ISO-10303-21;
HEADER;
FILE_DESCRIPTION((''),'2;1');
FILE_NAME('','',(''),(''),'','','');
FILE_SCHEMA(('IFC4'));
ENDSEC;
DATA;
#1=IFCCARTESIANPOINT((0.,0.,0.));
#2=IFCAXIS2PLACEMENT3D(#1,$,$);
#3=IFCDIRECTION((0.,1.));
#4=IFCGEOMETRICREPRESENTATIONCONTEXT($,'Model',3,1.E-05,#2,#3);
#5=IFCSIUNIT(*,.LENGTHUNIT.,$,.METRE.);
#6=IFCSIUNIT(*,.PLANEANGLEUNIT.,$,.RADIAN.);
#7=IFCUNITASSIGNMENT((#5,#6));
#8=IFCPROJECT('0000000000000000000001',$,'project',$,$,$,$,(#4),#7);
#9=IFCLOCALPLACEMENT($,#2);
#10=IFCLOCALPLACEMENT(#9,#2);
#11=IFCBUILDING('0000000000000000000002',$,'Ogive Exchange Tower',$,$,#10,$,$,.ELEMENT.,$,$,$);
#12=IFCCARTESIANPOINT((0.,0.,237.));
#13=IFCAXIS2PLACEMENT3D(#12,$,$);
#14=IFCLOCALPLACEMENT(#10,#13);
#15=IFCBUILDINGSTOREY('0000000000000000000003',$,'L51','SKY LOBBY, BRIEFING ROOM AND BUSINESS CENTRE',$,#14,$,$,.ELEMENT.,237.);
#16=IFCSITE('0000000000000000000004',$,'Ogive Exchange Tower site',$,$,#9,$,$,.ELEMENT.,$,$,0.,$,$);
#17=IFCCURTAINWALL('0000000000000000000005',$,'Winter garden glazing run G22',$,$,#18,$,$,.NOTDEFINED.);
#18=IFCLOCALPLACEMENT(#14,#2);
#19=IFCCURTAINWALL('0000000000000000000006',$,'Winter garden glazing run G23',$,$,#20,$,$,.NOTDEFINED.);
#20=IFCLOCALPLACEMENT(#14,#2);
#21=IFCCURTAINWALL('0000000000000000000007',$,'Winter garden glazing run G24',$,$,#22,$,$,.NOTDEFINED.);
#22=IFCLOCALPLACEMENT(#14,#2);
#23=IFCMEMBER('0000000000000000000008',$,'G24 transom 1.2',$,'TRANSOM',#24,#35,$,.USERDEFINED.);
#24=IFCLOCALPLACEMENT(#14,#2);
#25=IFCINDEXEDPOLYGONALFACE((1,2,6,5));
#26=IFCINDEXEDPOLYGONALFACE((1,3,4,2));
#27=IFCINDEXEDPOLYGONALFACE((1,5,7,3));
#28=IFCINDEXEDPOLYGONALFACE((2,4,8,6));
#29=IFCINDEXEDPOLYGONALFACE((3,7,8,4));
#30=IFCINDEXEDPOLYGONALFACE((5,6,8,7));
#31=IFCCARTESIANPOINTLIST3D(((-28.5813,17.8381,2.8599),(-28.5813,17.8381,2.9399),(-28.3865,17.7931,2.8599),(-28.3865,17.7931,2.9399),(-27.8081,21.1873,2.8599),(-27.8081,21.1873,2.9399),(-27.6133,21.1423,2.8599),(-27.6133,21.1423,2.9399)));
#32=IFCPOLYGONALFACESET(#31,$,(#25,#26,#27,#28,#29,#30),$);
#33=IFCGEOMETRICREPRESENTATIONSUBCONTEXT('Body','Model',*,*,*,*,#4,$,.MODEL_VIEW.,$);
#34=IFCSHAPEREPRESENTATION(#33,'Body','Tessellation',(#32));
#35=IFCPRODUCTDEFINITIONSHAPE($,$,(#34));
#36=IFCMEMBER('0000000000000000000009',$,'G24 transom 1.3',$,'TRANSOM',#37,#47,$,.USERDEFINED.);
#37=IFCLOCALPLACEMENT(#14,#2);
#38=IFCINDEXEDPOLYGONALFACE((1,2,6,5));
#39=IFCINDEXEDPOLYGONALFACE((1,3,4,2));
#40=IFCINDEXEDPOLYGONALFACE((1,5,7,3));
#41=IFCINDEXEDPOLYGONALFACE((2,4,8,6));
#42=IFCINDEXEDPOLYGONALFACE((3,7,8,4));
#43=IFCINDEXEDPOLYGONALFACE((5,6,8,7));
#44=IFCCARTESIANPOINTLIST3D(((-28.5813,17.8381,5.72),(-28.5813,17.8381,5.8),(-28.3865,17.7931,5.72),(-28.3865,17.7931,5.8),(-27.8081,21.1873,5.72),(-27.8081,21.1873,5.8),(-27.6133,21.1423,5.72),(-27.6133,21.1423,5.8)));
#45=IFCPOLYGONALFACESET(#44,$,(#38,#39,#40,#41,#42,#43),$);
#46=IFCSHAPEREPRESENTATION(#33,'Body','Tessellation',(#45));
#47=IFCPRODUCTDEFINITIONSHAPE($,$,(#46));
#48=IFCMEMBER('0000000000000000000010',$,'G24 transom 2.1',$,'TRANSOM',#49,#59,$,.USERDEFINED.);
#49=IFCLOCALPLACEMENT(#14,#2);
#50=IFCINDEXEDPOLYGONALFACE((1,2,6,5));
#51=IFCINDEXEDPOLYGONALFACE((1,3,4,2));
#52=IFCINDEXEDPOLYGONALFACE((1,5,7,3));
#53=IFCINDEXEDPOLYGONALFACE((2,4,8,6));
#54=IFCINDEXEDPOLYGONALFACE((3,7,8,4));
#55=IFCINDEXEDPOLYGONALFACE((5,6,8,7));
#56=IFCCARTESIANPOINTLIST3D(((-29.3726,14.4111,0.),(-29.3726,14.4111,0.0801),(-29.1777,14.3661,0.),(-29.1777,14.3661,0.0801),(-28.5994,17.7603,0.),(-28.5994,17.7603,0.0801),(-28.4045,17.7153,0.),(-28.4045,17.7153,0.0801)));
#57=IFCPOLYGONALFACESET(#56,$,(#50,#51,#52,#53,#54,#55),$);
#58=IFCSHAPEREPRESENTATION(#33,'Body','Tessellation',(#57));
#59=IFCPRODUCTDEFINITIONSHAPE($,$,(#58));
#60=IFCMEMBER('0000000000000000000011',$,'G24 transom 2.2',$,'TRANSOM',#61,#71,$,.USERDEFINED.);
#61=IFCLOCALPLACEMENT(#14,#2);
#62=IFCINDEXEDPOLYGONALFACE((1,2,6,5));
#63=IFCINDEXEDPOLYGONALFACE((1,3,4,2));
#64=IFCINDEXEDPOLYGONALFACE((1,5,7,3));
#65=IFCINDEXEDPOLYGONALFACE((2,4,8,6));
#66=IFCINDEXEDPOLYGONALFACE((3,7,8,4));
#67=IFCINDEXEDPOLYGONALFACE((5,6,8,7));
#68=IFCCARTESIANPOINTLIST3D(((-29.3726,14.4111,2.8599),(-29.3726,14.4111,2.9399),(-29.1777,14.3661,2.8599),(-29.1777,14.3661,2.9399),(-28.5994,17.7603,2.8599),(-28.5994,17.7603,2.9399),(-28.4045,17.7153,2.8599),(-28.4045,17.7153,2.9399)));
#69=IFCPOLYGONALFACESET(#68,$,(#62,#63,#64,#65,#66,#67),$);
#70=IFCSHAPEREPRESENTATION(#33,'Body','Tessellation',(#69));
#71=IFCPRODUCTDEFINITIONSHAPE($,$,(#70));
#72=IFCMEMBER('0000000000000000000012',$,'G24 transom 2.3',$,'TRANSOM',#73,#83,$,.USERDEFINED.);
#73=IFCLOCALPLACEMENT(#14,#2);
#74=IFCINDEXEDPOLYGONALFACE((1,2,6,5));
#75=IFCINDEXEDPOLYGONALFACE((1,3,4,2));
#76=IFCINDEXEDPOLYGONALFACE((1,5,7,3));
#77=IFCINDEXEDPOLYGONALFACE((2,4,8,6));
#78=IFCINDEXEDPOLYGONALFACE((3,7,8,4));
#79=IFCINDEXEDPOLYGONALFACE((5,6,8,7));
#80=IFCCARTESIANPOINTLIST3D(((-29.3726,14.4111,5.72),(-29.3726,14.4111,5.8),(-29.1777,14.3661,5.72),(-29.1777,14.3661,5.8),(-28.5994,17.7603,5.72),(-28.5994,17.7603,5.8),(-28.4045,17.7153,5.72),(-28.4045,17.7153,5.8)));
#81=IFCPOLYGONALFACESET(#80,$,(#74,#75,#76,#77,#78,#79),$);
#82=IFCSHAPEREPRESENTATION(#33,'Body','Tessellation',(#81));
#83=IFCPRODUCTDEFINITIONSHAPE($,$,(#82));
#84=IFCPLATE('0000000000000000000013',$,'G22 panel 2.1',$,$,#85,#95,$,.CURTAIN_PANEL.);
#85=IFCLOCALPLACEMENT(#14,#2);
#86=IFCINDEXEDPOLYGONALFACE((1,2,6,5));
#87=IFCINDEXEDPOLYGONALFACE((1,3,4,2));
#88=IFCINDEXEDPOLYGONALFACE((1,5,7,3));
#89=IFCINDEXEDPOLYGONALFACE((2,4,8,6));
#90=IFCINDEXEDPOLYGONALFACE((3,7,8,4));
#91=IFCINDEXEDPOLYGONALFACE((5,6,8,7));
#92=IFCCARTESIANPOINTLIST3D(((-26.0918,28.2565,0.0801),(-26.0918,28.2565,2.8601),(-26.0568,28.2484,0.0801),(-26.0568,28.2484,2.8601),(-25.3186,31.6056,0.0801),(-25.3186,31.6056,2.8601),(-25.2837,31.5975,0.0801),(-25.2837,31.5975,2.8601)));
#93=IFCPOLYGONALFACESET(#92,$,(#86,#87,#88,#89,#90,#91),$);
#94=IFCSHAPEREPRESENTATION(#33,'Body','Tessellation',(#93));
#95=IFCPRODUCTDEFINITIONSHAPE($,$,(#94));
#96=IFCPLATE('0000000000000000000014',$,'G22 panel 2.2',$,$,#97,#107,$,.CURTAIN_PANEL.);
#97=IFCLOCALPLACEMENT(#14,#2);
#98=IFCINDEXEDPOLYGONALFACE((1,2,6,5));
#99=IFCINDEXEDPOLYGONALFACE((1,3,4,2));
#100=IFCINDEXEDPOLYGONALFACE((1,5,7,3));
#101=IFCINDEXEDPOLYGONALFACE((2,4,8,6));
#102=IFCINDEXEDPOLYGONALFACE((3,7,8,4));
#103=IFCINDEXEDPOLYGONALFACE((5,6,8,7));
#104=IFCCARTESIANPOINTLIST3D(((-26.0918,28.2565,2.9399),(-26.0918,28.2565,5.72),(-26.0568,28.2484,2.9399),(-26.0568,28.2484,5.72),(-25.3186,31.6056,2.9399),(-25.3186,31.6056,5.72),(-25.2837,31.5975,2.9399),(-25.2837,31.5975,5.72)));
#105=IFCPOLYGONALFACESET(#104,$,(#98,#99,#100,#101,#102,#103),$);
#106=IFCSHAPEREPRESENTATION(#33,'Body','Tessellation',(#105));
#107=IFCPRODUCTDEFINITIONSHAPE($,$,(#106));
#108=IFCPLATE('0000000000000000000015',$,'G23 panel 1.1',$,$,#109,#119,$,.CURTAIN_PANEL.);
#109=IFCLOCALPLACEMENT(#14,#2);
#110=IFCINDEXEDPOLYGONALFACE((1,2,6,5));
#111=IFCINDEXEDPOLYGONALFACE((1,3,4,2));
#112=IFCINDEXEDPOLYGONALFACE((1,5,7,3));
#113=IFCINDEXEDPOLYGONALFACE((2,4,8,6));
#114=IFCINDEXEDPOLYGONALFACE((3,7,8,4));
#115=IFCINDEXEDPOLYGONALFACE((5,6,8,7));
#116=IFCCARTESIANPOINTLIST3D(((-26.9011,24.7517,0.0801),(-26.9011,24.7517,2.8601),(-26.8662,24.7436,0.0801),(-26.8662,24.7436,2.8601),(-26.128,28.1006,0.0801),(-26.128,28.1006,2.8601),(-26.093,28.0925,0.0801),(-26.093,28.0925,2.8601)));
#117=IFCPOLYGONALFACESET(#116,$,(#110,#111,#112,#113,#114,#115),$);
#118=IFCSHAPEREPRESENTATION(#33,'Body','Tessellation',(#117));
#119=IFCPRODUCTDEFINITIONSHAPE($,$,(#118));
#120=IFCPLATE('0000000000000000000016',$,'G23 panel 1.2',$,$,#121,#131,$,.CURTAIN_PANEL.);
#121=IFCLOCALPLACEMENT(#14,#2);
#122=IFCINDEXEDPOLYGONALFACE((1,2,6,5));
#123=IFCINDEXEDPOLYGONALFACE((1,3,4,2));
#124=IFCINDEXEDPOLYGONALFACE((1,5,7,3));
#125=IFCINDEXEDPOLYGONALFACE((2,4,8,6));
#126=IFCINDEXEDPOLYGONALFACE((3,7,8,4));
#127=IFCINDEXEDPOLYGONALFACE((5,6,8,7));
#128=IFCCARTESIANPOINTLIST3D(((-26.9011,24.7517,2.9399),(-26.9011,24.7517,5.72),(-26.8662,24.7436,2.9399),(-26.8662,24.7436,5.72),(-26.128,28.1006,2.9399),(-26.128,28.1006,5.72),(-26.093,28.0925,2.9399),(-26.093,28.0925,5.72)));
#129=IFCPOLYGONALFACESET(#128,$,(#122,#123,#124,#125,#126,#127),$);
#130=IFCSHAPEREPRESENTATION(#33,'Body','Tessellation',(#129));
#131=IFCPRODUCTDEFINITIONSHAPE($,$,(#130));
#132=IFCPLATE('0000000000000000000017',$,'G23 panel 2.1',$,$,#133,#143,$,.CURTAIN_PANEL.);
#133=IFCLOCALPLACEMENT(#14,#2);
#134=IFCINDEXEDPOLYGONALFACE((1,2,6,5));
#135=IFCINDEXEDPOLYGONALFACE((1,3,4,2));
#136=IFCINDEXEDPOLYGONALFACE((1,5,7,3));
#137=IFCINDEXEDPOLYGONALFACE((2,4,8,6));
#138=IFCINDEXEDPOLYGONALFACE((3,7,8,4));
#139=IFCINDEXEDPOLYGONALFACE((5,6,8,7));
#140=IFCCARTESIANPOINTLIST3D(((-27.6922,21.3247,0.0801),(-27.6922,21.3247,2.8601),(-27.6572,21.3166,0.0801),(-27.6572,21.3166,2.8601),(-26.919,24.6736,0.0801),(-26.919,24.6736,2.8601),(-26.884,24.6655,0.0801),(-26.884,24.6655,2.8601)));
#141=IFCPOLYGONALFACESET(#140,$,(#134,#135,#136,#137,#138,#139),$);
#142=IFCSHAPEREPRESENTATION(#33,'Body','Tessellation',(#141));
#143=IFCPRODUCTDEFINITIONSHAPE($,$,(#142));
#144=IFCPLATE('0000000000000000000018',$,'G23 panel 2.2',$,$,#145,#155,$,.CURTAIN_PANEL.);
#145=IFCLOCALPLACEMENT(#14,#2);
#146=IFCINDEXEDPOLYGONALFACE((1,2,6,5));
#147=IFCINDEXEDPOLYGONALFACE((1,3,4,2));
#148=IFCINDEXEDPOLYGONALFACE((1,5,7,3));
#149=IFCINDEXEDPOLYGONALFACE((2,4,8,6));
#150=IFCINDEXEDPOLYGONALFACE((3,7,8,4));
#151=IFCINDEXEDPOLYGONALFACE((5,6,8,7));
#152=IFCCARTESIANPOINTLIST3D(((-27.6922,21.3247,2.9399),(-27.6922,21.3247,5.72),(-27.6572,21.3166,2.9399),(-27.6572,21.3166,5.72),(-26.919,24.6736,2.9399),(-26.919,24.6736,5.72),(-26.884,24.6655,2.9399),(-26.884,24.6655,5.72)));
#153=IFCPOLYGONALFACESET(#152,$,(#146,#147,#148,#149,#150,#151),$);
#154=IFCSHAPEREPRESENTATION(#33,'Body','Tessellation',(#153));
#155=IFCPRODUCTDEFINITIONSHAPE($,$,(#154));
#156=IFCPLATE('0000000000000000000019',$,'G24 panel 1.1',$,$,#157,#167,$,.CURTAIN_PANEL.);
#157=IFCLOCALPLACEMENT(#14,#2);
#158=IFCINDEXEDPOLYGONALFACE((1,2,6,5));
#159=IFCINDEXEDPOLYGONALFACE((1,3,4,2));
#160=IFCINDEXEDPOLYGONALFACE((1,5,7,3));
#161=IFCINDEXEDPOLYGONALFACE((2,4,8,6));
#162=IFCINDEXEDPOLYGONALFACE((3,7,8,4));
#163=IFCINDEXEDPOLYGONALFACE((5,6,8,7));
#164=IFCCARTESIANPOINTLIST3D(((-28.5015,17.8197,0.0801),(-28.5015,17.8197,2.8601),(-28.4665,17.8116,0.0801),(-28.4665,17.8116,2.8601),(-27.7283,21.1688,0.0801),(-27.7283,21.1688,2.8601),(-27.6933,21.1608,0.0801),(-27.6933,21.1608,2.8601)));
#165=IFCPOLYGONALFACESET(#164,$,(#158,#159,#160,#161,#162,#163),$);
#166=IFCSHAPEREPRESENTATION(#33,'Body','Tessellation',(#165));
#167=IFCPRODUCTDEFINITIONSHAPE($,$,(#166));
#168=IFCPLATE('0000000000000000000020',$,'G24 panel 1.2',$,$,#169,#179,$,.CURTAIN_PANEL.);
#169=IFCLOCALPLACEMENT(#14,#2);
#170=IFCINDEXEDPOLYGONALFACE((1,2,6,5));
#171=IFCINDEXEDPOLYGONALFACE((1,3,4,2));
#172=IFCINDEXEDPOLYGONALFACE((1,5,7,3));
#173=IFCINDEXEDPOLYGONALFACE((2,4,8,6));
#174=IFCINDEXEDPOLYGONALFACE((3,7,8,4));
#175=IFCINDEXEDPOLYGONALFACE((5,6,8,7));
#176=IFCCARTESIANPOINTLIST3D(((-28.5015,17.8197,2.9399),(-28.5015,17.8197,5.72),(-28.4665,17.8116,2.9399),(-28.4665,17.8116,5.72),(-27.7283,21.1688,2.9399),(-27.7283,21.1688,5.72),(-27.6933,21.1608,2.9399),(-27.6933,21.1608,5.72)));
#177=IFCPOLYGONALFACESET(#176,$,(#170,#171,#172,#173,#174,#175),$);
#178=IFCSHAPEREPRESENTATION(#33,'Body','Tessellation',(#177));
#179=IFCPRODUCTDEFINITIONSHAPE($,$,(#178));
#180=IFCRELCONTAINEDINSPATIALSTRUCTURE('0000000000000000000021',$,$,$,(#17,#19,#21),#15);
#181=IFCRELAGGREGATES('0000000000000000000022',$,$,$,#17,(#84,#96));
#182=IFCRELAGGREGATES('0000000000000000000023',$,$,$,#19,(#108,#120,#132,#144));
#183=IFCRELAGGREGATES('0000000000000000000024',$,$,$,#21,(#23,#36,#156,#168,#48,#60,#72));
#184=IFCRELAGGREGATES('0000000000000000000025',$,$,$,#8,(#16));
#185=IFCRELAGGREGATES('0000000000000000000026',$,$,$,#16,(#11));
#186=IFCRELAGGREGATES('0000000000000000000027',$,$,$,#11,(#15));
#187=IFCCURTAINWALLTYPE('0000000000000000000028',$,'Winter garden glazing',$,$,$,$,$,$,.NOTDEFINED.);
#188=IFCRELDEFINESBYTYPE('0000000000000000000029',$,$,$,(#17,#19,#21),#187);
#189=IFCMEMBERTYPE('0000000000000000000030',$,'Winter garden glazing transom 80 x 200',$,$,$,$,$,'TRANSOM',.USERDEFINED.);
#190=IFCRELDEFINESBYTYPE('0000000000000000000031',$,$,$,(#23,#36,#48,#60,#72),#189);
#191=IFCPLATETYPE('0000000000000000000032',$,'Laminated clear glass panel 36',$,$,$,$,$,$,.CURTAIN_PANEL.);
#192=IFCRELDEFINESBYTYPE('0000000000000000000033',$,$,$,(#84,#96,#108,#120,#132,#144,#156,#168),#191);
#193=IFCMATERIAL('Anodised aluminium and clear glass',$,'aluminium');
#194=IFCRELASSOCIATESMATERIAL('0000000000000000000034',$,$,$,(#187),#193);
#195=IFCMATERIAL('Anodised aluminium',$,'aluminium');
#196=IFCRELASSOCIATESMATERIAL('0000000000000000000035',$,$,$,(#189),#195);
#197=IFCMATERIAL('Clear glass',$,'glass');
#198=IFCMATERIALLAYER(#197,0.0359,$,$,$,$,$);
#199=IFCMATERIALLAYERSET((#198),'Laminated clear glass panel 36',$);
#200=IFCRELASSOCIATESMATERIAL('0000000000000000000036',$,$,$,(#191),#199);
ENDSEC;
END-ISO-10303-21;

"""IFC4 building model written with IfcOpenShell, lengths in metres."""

from ifc_helpers import new_model, si_unit, direction, frame, origin, origin_2d, place, context, subcontext, project, spatial, rectangle, extrude, material, layer, layer_set, material_profile, profile_set, type_object, element, aggregate, save


model = new_model("IFC4")

# Units and contexts
model_context = context("Model", 3, precision=1e-05, world=origin(), true_north=direction((0.0, 1.0)))
body_context = subcontext(model_context, "Body", "Model", "MODEL_VIEW")
ifc_project = project(units=[si_unit("LENGTHUNIT", "METRE"), si_unit("PLANEANGLEUNIT", "RADIAN")], contexts=[model_context])

# Site, building, storey
site_placement = place(None, origin())
site = spatial("IfcSite", under=ifc_project, at=site_placement, Name="Ogive Exchange Tower site", CompositionType="ELEMENT", RefElevation=0.0)
building_placement = place(site_placement, origin())
building = spatial("IfcBuilding", under=site, at=building_placement, Name="Ogive Exchange Tower", CompositionType="ELEMENT")
storey_placement = place(building_placement, frame((0.0, 0.0, 237.0)))
storey = spatial("IfcBuildingStorey", under=building, at=storey_placement, Name="L51", Description="SKY LOBBY, BRIEFING ROOM AND BUSINESS CENTRE", CompositionType="ELEMENT", Elevation=237.0)

# Curtain walls
ifc_material_1 = material(Name="Anodised aluminium and clear glass", Category="aluminium")
curtain_wall_type = type_object("IfcCurtainWallType", Name="Winter garden glazing", PredefinedType="NOTDEFINED", material=ifc_material_1)
curtain_wall_1_placement = place(storey_placement, origin())
curtain_wall_1 = element("IfcCurtainWall", 1, at=curtain_wall_1_placement, inside=storey, type_object=curtain_wall_type, Name="Winter garden glazing run G22", PredefinedType="NOTDEFINED")
ifc_material_2 = material(Name="Anodised aluminium", Category="aluminium")
curtain_wall_2_placement = place(storey_placement, origin())
curtain_wall_2 = element("IfcCurtainWall", 2, at=curtain_wall_2_placement, inside=storey, type_object=curtain_wall_type, Name="Winter garden glazing run G23", PredefinedType="NOTDEFINED")
curtain_wall_3_placement = place(storey_placement, origin())
curtain_wall_3 = element("IfcCurtainWall", 3, at=curtain_wall_3_placement, inside=storey, type_object=curtain_wall_type, Name="Winter garden glazing run G24", PredefinedType="NOTDEFINED")

# Members
ifc_material_profile_1 = material_profile(ifc_material_2, rectangle(XDim=0.2, YDim=0.0801, at=origin_2d()), Name="AL 80x200")
ifc_profile_set_1 = profile_set([ifc_material_profile_1], Name="Anodised aluminium")
member_type_1 = type_object("IfcMemberType", Name="Winter garden glazing transom 80 x 200", ElementType="TRANSOM", PredefinedType="USERDEFINED", material=ifc_profile_set_1)
member_1_placement = place(storey_placement, frame((-27.7107, 21.1648, 2.8999), z_axis=(-0.224948, -0.974371, 0.0), x_axis=(0.974371, -0.224948, 0.0)))
member_1 = element("IfcMember", 4, at=member_1_placement, type_object=member_type_1, Name="G24 transom 1.2", ObjectType="TRANSOM", PredefinedType="USERDEFINED", context=body_context, shape_type="SweptSolid", body=[
    extrude(rectangle(XDim=0.2, YDim=0.0801, at=origin_2d()), origin(), (0.0, 0.0, 1.0), 3.4373),
])
member_2_placement = place(storey_placement, frame((-27.7107, 21.1648, 5.76), z_axis=(-0.224948, -0.974371, 0.0), x_axis=(0.974371, -0.224948, 0.0)))
member_2 = element("IfcMember", 5, at=member_2_placement, type_object=member_type_1, Name="G24 transom 1.3", ObjectType="TRANSOM", PredefinedType="USERDEFINED", context=body_context, shape_type="SweptSolid", body=[
    extrude(rectangle(XDim=0.2, YDim=0.0801, at=origin_2d()), origin(), (0.0, 0.0, 1.0), 3.4373),
])
member_3_placement = place(storey_placement, frame((-28.502, 17.7378, 0.04), z_axis=(-0.224948, -0.974371, 0.0), x_axis=(0.974371, -0.224948, 0.0)))
member_3 = element("IfcMember", 6, at=member_3_placement, type_object=member_type_1, Name="G24 transom 2.1", ObjectType="TRANSOM", PredefinedType="USERDEFINED", context=body_context, shape_type="SweptSolid", body=[
    extrude(rectangle(XDim=0.2, YDim=0.0801, at=origin_2d()), origin(), (0.0, 0.0, 1.0), 3.4373),
])
member_4_placement = place(storey_placement, frame((-28.502, 17.7378, 2.8999), z_axis=(-0.224948, -0.974371, 0.0), x_axis=(0.974371, -0.224948, 0.0)))
member_4 = element("IfcMember", 7, at=member_4_placement, type_object=member_type_1, Name="G24 transom 2.2", ObjectType="TRANSOM", PredefinedType="USERDEFINED", context=body_context, shape_type="SweptSolid", body=[
    extrude(rectangle(XDim=0.2, YDim=0.0801, at=origin_2d()), origin(), (0.0, 0.0, 1.0), 3.4373),
])
member_5_placement = place(storey_placement, frame((-28.502, 17.7378, 5.76), z_axis=(-0.224948, -0.974371, 0.0), x_axis=(0.974371, -0.224948, 0.0)))
member_5 = element("IfcMember", 8, at=member_5_placement, type_object=member_type_1, Name="G24 transom 2.3", ObjectType="TRANSOM", PredefinedType="USERDEFINED", context=body_context, shape_type="SweptSolid", body=[
    extrude(rectangle(XDim=0.2, YDim=0.0801, at=origin_2d()), origin(), (0.0, 0.0, 1.0), 3.4373),
])

# Plates
ifc_material_3 = material(Name="Clear glass", Category="glass")
ifc_layer = layer(ifc_material_3, 0.0359)
ifc_layer_set = layer_set([ifc_layer], Name="Laminated clear glass panel 36")
plate_type = type_object("IfcPlateType", Name="Laminated clear glass panel 36", PredefinedType="CURTAIN_PANEL", material=ifc_layer_set)
plate_1_placement = place(storey_placement, frame((-25.6877, 29.927, 0.0801), z_axis=(0.0, 0.0, 1.0), x_axis=(-0.224941, -0.974372, 0.0)))
plate_1 = element("IfcPlate", 9, at=plate_1_placement, type_object=plate_type, Name="G22 panel 2.1", PredefinedType="CURTAIN_PANEL", context=body_context, shape_type="SweptSolid", body=[
    extrude(rectangle(XDim=3.4373, YDim=0.0359, at=origin_2d()), origin(), (0.0, 0.0, 1.0), 2.78),
])
plate_2_placement = place(storey_placement, frame((-25.6877, 29.927, 2.9399), z_axis=(0.0, 0.0, 1.0), x_axis=(-0.224941, -0.974372, 0.0)))
plate_2 = element("IfcPlate", 10, at=plate_2_placement, type_object=plate_type, Name="G22 panel 2.2", PredefinedType="CURTAIN_PANEL", context=body_context, shape_type="SweptSolid", body=[
    extrude(rectangle(XDim=3.4373, YDim=0.0359, at=origin_2d()), origin(), (0.0, 0.0, 1.0), 2.78),
])
aggregate(curtain_wall_1, [plate_1, plate_2])
plate_3_placement = place(storey_placement, frame((-26.4971, 26.4221, 0.0801), z_axis=(0.0, 0.0, 1.0), x_axis=(-0.224957, -0.974369, 0.0)))
plate_3 = element("IfcPlate", 11, at=plate_3_placement, type_object=plate_type, Name="G23 panel 1.1", PredefinedType="CURTAIN_PANEL", context=body_context, shape_type="SweptSolid", body=[
    extrude(rectangle(XDim=3.437, YDim=0.0359, at=origin_2d()), origin(), (0.0, 0.0, 1.0), 2.78),
])
plate_4_placement = place(storey_placement, frame((-26.4971, 26.4221, 2.9399), z_axis=(0.0, 0.0, 1.0), x_axis=(-0.224957, -0.974369, 0.0)))
plate_4 = element("IfcPlate", 12, at=plate_4_placement, type_object=plate_type, Name="G23 panel 1.2", PredefinedType="CURTAIN_PANEL", context=body_context, shape_type="SweptSolid", body=[
    extrude(rectangle(XDim=3.437, YDim=0.0359, at=origin_2d()), origin(), (0.0, 0.0, 1.0), 2.78),
])
plate_5_placement = place(storey_placement, frame((-27.2881, 22.9951, 0.0801), z_axis=(0.0, 0.0, 1.0), x_axis=(-0.224957, -0.974369, 0.0)))
plate_5 = element("IfcPlate", 13, at=plate_5_placement, type_object=plate_type, Name="G23 panel 2.1", PredefinedType="CURTAIN_PANEL", context=body_context, shape_type="SweptSolid", body=[
    extrude(rectangle(XDim=3.437, YDim=0.0359, at=origin_2d()), origin(), (0.0, 0.0, 1.0), 2.78),
])
plate_6_placement = place(storey_placement, frame((-27.2881, 22.9951, 2.9399), z_axis=(0.0, 0.0, 1.0), x_axis=(-0.224957, -0.974369, 0.0)))
plate_6 = element("IfcPlate", 14, at=plate_6_placement, type_object=plate_type, Name="G23 panel 2.2", PredefinedType="CURTAIN_PANEL", context=body_context, shape_type="SweptSolid", body=[
    extrude(rectangle(XDim=3.437, YDim=0.0359, at=origin_2d()), origin(), (0.0, 0.0, 1.0), 2.78),
])
aggregate(curtain_wall_2, [plate_3, plate_4, plate_5, plate_6])
plate_7_placement = place(storey_placement, frame((-28.0974, 19.4902, 0.0801), z_axis=(0.0, 0.0, 1.0), x_axis=(-0.224954, -0.974369, 0.0)))
plate_7 = element("IfcPlate", 15, at=plate_7_placement, type_object=plate_type, Name="G24 panel 1.1", PredefinedType="CURTAIN_PANEL", context=body_context, shape_type="SweptSolid", body=[
    extrude(rectangle(XDim=3.4373, YDim=0.0359, at=origin_2d()), origin(), (0.0, 0.0, 1.0), 2.78),
])
plate_8_placement = place(storey_placement, frame((-28.0974, 19.4902, 2.9399), z_axis=(0.0, 0.0, 1.0), x_axis=(-0.224954, -0.974369, 0.0)))
plate_8 = element("IfcPlate", 16, at=plate_8_placement, type_object=plate_type, Name="G24 panel 1.2", PredefinedType="CURTAIN_PANEL", context=body_context, shape_type="SweptSolid", body=[
    extrude(rectangle(XDim=3.4373, YDim=0.0359, at=origin_2d()), origin(), (0.0, 0.0, 1.0), 2.78),
])
aggregate(curtain_wall_3, [member_1, member_2, plate_7, plate_8, member_3, member_4, member_5])

save(model, "model.ifc")
